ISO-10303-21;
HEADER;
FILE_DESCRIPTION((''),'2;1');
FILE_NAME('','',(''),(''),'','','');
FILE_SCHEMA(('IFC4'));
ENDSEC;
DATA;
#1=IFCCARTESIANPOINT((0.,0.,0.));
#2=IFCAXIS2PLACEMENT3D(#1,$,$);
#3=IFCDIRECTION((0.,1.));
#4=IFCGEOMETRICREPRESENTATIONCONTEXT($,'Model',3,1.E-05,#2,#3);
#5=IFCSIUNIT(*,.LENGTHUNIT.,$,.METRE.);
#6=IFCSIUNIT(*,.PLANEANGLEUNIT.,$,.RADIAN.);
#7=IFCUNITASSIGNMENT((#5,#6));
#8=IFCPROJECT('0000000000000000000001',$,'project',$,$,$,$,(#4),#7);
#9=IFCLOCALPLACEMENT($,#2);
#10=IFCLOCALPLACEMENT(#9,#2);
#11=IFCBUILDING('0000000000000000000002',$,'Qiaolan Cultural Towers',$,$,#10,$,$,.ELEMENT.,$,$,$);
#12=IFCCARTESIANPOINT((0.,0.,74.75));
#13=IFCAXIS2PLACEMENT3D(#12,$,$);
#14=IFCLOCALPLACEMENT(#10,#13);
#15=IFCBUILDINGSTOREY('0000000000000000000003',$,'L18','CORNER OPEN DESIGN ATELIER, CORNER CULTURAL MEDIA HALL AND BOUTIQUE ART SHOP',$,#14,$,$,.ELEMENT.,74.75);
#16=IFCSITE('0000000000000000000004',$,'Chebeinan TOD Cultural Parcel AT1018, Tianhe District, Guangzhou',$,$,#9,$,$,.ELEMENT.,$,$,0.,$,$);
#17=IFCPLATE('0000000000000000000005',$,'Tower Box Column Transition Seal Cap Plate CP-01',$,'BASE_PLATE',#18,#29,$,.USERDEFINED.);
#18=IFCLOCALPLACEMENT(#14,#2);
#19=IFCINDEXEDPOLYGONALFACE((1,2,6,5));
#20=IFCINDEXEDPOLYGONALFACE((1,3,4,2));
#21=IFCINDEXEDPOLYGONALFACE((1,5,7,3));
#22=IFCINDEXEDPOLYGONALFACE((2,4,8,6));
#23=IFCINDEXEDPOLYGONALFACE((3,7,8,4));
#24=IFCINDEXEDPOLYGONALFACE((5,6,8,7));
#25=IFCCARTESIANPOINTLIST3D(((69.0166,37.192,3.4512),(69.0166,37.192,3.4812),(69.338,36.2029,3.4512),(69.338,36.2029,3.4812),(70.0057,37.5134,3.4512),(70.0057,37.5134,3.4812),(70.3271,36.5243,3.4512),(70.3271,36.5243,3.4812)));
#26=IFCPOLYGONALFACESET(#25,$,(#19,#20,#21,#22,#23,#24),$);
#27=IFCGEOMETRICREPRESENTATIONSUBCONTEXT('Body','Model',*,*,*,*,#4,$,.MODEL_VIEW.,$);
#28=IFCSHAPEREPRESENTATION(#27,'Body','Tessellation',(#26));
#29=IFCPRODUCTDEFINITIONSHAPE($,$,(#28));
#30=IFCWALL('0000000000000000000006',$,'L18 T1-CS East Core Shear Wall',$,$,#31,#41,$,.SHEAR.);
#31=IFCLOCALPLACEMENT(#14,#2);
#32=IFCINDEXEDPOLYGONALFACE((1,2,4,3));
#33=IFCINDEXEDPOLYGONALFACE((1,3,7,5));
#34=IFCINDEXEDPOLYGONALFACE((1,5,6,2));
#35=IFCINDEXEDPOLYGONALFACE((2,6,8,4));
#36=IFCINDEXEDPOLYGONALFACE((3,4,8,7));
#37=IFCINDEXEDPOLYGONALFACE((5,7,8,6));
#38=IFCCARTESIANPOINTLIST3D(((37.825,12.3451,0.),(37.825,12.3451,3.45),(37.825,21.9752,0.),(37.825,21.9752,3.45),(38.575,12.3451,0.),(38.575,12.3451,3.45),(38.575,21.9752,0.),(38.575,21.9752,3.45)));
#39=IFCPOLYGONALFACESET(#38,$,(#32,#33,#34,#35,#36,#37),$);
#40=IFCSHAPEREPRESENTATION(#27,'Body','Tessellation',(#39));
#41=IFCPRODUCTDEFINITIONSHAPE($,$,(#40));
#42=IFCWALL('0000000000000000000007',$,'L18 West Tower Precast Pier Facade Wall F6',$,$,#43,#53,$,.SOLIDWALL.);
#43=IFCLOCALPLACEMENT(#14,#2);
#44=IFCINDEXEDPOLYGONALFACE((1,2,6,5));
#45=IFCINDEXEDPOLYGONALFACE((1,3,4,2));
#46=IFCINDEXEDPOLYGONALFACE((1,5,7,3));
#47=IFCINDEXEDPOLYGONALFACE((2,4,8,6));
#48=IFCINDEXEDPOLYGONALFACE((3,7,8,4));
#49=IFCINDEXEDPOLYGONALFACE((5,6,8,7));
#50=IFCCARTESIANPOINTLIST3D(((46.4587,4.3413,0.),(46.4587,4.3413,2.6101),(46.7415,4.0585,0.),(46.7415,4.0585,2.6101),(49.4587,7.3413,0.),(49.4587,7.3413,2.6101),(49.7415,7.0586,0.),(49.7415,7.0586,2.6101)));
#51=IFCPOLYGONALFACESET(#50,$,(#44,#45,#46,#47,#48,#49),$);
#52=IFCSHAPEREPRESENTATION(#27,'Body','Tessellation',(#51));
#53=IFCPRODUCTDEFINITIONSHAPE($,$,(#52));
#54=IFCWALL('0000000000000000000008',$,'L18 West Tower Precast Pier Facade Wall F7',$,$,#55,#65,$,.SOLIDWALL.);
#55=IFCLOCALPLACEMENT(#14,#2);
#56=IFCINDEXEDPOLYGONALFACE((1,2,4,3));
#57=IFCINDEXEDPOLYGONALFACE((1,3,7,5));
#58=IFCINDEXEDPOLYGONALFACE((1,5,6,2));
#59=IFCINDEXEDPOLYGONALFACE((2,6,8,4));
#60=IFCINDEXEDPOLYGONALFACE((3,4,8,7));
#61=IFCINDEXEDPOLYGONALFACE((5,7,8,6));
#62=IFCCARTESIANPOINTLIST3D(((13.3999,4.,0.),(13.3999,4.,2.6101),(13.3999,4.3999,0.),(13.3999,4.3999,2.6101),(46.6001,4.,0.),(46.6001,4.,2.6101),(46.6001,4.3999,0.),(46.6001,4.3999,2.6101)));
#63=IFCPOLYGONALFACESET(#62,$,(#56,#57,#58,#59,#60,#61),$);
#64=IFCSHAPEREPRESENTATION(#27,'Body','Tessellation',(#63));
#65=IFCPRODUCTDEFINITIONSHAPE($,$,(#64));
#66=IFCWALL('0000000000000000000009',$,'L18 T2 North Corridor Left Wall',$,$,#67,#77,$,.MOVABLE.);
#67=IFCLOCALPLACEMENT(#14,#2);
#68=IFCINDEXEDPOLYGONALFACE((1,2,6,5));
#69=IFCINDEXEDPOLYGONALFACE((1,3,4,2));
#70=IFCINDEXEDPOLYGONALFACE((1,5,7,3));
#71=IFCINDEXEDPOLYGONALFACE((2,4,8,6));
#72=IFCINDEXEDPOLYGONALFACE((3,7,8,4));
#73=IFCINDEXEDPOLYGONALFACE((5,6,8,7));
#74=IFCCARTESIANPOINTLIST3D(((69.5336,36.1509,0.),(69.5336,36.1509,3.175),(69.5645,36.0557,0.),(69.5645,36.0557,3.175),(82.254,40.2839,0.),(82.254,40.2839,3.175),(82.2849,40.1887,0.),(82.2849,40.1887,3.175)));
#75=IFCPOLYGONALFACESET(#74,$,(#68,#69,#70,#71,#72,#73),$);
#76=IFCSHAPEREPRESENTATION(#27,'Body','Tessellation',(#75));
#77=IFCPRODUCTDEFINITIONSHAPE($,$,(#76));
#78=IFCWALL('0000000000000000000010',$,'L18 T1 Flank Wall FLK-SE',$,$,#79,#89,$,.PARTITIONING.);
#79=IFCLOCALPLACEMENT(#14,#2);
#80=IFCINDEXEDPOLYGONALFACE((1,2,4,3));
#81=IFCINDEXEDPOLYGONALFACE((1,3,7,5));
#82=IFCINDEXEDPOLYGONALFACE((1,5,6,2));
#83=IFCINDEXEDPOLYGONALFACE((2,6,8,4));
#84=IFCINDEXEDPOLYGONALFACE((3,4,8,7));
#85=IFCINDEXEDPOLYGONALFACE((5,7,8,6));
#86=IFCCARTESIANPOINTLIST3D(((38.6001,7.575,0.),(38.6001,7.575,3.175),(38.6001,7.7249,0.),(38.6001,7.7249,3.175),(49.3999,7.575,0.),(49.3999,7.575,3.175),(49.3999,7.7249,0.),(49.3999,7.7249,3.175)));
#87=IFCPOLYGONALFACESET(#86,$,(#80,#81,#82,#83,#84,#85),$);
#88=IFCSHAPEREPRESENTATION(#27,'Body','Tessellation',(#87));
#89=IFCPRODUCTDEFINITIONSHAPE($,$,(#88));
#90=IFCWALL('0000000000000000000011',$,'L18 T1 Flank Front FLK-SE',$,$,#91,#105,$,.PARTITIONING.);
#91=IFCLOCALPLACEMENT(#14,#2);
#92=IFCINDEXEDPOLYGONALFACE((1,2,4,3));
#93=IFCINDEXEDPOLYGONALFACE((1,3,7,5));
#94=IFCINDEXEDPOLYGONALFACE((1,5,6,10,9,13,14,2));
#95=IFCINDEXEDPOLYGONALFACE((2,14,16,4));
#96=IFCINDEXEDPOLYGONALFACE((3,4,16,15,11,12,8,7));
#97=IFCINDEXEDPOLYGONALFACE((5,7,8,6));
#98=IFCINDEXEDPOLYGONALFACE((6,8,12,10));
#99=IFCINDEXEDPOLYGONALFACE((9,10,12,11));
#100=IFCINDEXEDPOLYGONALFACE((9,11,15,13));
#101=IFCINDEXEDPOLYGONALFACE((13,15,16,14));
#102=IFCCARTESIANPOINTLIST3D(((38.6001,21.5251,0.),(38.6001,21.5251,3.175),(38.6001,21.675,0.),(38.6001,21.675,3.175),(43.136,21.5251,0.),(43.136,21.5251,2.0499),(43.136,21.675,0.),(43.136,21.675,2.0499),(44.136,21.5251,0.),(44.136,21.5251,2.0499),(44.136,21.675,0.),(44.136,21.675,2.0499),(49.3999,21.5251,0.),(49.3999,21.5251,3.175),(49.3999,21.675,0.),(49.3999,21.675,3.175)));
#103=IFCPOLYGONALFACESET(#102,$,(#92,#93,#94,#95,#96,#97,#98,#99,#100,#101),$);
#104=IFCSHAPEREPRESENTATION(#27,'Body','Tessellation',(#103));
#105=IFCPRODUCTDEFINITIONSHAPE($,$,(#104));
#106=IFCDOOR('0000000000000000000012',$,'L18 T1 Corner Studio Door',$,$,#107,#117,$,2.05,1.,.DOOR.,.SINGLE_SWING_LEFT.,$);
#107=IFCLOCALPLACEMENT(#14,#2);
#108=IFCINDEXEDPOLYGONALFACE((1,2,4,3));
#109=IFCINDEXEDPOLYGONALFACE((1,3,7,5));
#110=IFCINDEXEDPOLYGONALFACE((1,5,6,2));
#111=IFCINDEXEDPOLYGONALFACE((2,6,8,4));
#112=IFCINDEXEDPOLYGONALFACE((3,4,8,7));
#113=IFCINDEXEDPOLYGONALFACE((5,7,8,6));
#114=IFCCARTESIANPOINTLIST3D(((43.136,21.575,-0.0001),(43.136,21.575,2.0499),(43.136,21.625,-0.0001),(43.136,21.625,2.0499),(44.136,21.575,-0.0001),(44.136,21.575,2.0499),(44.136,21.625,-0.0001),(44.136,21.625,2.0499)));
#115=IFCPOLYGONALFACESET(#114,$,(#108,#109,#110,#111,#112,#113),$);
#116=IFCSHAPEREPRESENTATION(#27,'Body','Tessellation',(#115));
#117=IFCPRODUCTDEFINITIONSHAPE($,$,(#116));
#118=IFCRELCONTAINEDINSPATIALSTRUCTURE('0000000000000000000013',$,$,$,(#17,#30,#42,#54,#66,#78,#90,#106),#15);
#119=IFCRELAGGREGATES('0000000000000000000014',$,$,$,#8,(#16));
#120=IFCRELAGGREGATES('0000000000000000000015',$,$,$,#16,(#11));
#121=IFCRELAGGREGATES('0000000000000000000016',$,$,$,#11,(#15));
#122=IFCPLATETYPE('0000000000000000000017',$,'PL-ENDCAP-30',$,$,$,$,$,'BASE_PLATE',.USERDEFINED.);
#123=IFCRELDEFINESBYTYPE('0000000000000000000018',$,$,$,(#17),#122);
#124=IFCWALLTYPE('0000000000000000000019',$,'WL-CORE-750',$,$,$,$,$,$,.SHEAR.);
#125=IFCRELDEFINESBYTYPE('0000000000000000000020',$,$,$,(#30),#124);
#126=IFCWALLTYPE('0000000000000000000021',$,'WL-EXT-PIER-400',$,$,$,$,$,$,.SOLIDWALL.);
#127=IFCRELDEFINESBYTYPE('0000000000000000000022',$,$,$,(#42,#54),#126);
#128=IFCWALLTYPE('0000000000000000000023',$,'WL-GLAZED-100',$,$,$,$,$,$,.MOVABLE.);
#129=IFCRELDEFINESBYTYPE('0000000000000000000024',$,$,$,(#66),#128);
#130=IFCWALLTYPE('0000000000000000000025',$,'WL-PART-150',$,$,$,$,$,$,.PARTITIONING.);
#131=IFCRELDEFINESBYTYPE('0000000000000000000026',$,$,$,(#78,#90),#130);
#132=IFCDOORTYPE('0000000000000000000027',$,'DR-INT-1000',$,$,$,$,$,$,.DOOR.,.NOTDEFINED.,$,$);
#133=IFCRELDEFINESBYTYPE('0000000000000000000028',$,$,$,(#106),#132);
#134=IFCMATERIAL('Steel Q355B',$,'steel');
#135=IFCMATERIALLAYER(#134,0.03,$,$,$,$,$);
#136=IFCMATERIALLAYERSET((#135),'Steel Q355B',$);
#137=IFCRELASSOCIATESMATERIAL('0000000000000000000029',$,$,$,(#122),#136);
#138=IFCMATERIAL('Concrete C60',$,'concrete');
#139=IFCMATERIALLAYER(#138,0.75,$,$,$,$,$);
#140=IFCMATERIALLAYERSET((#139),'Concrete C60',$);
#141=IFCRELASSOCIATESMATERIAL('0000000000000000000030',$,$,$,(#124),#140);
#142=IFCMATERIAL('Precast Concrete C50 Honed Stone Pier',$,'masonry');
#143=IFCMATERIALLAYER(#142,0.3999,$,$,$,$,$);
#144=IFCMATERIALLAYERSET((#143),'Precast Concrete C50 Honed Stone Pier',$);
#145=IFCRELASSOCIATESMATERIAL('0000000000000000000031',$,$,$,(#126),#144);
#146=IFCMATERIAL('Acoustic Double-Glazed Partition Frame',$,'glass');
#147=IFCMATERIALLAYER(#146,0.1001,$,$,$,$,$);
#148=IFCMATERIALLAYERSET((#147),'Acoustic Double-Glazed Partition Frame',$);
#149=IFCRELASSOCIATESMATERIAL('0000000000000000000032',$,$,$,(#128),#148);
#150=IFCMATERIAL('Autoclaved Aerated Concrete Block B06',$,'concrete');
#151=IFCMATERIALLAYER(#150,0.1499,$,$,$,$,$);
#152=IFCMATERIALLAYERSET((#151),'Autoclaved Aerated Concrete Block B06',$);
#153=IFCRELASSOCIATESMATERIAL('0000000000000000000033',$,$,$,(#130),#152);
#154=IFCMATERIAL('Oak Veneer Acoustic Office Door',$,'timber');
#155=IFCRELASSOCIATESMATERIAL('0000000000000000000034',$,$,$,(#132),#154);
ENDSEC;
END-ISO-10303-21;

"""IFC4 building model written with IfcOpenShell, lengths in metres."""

from ifc_helpers import new_model, si_unit, direction, frame, frame_2d, origin, origin_2d, place, context, subcontext, project, spatial, rectangle, extrude, material, layer, layer_set, type_object, element, fill, save


model = new_model("IFC4")

# Units and contexts
model_context = context("Model", 3, precision=1e-05, world=origin(), true_north=direction((0.0, 1.0)))
body_context = subcontext(model_context, "Body", "Model", "MODEL_VIEW")
ifc_project = project(units=[si_unit("LENGTHUNIT", "METRE"), si_unit("PLANEANGLEUNIT", "RADIAN")], contexts=[model_context])

# Site, building, storey
site_placement = place(None, origin())
site = spatial("IfcSite", under=ifc_project, at=site_placement, Name="Chebeinan TOD Cultural Parcel AT1018, Tianhe District, Guangzhou", CompositionType="ELEMENT", RefElevation=0.0)
building_placement = place(site_placement, origin())
building = spatial("IfcBuilding", under=site, at=building_placement, Name="Qiaolan Cultural Towers", CompositionType="ELEMENT")
storey_placement = place(building_placement, frame((0.0, 0.0, 74.75)))
storey = spatial("IfcBuildingStorey", under=building, at=storey_placement, Name="L18", Description="CORNER OPEN DESIGN ATELIER, CORNER CULTURAL MEDIA HALL AND BOUTIQUE ART SHOP", CompositionType="ELEMENT", Elevation=74.75)

# Plate
ifc_material_1 = material(Name="Steel Q355B", Category="steel")
ifc_layer_1 = layer(ifc_material_1, 0.03)
ifc_layer_set_1 = layer_set([ifc_layer_1], Name="Steel Q355B")
plate_type_1 = type_object("IfcPlateType", Name="PL-ENDCAP-30", ElementType="BASE_PLATE", PredefinedType="USERDEFINED", material=ifc_layer_set_1)
plate_1_placement = place(storey_placement, frame((69.6719, 36.8582, 3.4512), z_axis=(0.0, 0.0, 1.0), x_axis=(0.951057, 0.309017, 0.0)))
element("IfcPlate", 1, at=plate_1_placement, inside=storey, type_object=plate_type_1, Name="Tower Box Column Transition Seal Cap Plate CP-01", ObjectType="BASE_PLATE", PredefinedType="USERDEFINED", context=body_context, shape_type="SweptSolid", body=[
    extrude(rectangle(XDim=1.04, YDim=1.04, at=origin_2d()), origin(), (0.0, 0.0, 1.0), 0.03),
])

# Walls
ifc_material_2 = material(Name="Concrete C60", Category="concrete")
ifc_layer_2 = layer(ifc_material_2, 0.75)
ifc_layer_set_2 = layer_set([ifc_layer_2], Name="Concrete C60")
wall_type_1 = type_object("IfcWallType", Name="WL-CORE-750", PredefinedType="SHEAR", material=ifc_layer_set_2)
wall_1_placement = place(storey_placement, frame((38.2, 21.9751, 0.0), z_axis=(0.0, 0.0, 1.0), x_axis=(0.0, -1.0, 0.0)))
element("IfcWall", 2, at=wall_1_placement, inside=storey, type_object=wall_type_1, Name="L18 T1-CS East Core Shear Wall", PredefinedType="SHEAR", context=body_context, shape_type="SweptSolid", body=[
    extrude(rectangle(XDim=9.6301, YDim=0.75, at=frame_2d((4.8149, 0.0))), origin(), (0.0, 0.0, 1.0), 3.45),
])
ifc_material_3 = material(Name="Precast Concrete C50 Honed Stone Pier", Category="masonry")
ifc_layer_3 = layer(ifc_material_3, 0.3999)
ifc_layer_set_3 = layer_set([ifc_layer_3], Name="Precast Concrete C50 Honed Stone Pier")
wall_type_2 = type_object("IfcWallType", Name="WL-EXT-PIER-400", PredefinedType="SOLIDWALL", material=ifc_layer_set_3)
wall_2_placement = place(storey_placement, frame((49.6001, 7.2, 0.0), z_axis=(0.0, 0.0, 1.0), x_axis=(-0.707107, -0.707107, 0.0)))
element("IfcWall", 3, at=wall_2_placement, inside=storey, type_object=wall_type_2, Name="L18 West Tower Precast Pier Facade Wall F6", PredefinedType="SOLIDWALL", context=body_context, shape_type="SweptSolid", body=[
    extrude(rectangle(XDim=4.2427, YDim=0.3999, at=frame_2d((2.1213, 0.0))), origin(), (0.0, 0.0, 1.0), 2.6101),
])
wall_3_placement = place(storey_placement, frame((46.6001, 4.2, 0.0), z_axis=(0.0, 0.0, 1.0), x_axis=(-1.0, 0.0, 0.0)))
element("IfcWall", 4, at=wall_3_placement, inside=storey, type_object=wall_type_2, Name="L18 West Tower Precast Pier Facade Wall F7", PredefinedType="SOLIDWALL", context=body_context, shape_type="SweptSolid", body=[
    extrude(rectangle(XDim=33.2002, YDim=0.3999, at=frame_2d((16.6001, 0.0))), origin(), (0.0, 0.0, 1.0), 2.6101),
])
ifc_material_4 = material(Name="Acoustic Double-Glazed Partition Frame", Category="glass")
ifc_layer_4 = layer(ifc_material_4, 0.1001)
ifc_layer_set_4 = layer_set([ifc_layer_4], Name="Acoustic Double-Glazed Partition Frame")
wall_type_3 = type_object("IfcWallType", Name="WL-GLAZED-100", PredefinedType="MOVABLE", material=ifc_layer_set_4)
wall_4_placement = place(storey_placement, frame((69.5491, 36.1033, 0.0), z_axis=(0.0, 0.0, 1.0), x_axis=(0.951058, 0.309012, 0.0)))
element("IfcWall", 5, at=wall_4_placement, inside=storey, type_object=wall_type_3, Name="L18 T2 North Corridor Left Wall", PredefinedType="MOVABLE", context=body_context, shape_type="SweptSolid", body=[
    extrude(rectangle(XDim=13.375, YDim=0.1001, at=frame_2d((6.6875, 0.0))), origin(), (0.0, 0.0, 1.0), 3.175),
])
ifc_material_5 = material(Name="Autoclaved Aerated Concrete Block B06", Category="concrete")
ifc_layer_5 = layer(ifc_material_5, 0.1499)
ifc_layer_set_5 = layer_set([ifc_layer_5], Name="Autoclaved Aerated Concrete Block B06")
wall_type_4 = type_object("IfcWallType", Name="WL-PART-150", PredefinedType="PARTITIONING", material=ifc_layer_set_5)
wall_5_placement = place(storey_placement, frame((38.6001, 7.6499, 0.0), z_axis=(0.0, 0.0, 1.0), x_axis=(1.0, 0.0, 0.0)))
element("IfcWall", 6, at=wall_5_placement, inside=storey, type_object=wall_type_4, Name="L18 T1 Flank Wall FLK-SE", PredefinedType="PARTITIONING", context=body_context, shape_type="SweptSolid", body=[
    extrude(rectangle(XDim=10.7998, YDim=0.1499, at=frame_2d((5.3999, 0.0))), origin(), (0.0, 0.0, 1.0), 3.175),
])

# Wall, opening, door
wall_6_placement = place(storey_placement, frame((38.6001, 21.6001, 0.0), z_axis=(0.0, 0.0, 1.0), x_axis=(1.0, 0.0, 0.0)))
wall_6 = element("IfcWall", 7, at=wall_6_placement, inside=storey, type_object=wall_type_4, Name="L18 T1 Flank Front FLK-SE", PredefinedType="PARTITIONING", context=body_context, shape_type="SweptSolid", body=[
    extrude(rectangle(XDim=10.7998, YDim=0.1499, at=frame_2d((5.3999, 0.0))), origin(), (0.0, 0.0, 1.0), 3.175),
])
opening_placement = place(wall_6_placement, frame((4.5359, 0.0, 0.0)))
opening = element("IfcOpeningElement", 8, at=opening_placement, cuts=wall_6, PredefinedType="OPENING", context=body_context, shape_type="SweptSolid", body=[
    extrude(rectangle(XDim=1.0, YDim=2.05, at=frame_2d((0.5, 1.0249))), frame((0.0, 0.085, 0.0), z_axis=(0.0, -1.0, 0.0), x_axis=(1.0, 0.0, 0.0)), (0.0, 0.0, 1.0), 0.1699),
])
ifc_material_6 = material(Name="Oak Veneer Acoustic Office Door", Category="timber")
door_type = type_object("IfcDoorType", Name="DR-INT-1000", OperationType="NOTDEFINED", PredefinedType="DOOR", material=ifc_material_6)
door_placement = place(opening_placement, origin())
door = element("IfcDoor", 9, at=door_placement, inside=storey, type_object=door_type, Name="L18 T1 Corner Studio Door", OperationType="SINGLE_SWING_LEFT", OverallHeight=2.05, OverallWidth=1.0, PredefinedType="DOOR", context=body_context, shape_type="SweptSolid", body=[
    extrude(rectangle(XDim=1.0, YDim=2.05, at=frame_2d((0.5, 1.0249))), frame((0.0, 0.0249, 0.0), z_axis=(0.0, -1.0, 0.0), x_axis=(1.0, 0.0, 0.0)), (0.0, 0.0, 1.0), 0.05),
])
fill(opening, door)

save(model, "model.ifc")
